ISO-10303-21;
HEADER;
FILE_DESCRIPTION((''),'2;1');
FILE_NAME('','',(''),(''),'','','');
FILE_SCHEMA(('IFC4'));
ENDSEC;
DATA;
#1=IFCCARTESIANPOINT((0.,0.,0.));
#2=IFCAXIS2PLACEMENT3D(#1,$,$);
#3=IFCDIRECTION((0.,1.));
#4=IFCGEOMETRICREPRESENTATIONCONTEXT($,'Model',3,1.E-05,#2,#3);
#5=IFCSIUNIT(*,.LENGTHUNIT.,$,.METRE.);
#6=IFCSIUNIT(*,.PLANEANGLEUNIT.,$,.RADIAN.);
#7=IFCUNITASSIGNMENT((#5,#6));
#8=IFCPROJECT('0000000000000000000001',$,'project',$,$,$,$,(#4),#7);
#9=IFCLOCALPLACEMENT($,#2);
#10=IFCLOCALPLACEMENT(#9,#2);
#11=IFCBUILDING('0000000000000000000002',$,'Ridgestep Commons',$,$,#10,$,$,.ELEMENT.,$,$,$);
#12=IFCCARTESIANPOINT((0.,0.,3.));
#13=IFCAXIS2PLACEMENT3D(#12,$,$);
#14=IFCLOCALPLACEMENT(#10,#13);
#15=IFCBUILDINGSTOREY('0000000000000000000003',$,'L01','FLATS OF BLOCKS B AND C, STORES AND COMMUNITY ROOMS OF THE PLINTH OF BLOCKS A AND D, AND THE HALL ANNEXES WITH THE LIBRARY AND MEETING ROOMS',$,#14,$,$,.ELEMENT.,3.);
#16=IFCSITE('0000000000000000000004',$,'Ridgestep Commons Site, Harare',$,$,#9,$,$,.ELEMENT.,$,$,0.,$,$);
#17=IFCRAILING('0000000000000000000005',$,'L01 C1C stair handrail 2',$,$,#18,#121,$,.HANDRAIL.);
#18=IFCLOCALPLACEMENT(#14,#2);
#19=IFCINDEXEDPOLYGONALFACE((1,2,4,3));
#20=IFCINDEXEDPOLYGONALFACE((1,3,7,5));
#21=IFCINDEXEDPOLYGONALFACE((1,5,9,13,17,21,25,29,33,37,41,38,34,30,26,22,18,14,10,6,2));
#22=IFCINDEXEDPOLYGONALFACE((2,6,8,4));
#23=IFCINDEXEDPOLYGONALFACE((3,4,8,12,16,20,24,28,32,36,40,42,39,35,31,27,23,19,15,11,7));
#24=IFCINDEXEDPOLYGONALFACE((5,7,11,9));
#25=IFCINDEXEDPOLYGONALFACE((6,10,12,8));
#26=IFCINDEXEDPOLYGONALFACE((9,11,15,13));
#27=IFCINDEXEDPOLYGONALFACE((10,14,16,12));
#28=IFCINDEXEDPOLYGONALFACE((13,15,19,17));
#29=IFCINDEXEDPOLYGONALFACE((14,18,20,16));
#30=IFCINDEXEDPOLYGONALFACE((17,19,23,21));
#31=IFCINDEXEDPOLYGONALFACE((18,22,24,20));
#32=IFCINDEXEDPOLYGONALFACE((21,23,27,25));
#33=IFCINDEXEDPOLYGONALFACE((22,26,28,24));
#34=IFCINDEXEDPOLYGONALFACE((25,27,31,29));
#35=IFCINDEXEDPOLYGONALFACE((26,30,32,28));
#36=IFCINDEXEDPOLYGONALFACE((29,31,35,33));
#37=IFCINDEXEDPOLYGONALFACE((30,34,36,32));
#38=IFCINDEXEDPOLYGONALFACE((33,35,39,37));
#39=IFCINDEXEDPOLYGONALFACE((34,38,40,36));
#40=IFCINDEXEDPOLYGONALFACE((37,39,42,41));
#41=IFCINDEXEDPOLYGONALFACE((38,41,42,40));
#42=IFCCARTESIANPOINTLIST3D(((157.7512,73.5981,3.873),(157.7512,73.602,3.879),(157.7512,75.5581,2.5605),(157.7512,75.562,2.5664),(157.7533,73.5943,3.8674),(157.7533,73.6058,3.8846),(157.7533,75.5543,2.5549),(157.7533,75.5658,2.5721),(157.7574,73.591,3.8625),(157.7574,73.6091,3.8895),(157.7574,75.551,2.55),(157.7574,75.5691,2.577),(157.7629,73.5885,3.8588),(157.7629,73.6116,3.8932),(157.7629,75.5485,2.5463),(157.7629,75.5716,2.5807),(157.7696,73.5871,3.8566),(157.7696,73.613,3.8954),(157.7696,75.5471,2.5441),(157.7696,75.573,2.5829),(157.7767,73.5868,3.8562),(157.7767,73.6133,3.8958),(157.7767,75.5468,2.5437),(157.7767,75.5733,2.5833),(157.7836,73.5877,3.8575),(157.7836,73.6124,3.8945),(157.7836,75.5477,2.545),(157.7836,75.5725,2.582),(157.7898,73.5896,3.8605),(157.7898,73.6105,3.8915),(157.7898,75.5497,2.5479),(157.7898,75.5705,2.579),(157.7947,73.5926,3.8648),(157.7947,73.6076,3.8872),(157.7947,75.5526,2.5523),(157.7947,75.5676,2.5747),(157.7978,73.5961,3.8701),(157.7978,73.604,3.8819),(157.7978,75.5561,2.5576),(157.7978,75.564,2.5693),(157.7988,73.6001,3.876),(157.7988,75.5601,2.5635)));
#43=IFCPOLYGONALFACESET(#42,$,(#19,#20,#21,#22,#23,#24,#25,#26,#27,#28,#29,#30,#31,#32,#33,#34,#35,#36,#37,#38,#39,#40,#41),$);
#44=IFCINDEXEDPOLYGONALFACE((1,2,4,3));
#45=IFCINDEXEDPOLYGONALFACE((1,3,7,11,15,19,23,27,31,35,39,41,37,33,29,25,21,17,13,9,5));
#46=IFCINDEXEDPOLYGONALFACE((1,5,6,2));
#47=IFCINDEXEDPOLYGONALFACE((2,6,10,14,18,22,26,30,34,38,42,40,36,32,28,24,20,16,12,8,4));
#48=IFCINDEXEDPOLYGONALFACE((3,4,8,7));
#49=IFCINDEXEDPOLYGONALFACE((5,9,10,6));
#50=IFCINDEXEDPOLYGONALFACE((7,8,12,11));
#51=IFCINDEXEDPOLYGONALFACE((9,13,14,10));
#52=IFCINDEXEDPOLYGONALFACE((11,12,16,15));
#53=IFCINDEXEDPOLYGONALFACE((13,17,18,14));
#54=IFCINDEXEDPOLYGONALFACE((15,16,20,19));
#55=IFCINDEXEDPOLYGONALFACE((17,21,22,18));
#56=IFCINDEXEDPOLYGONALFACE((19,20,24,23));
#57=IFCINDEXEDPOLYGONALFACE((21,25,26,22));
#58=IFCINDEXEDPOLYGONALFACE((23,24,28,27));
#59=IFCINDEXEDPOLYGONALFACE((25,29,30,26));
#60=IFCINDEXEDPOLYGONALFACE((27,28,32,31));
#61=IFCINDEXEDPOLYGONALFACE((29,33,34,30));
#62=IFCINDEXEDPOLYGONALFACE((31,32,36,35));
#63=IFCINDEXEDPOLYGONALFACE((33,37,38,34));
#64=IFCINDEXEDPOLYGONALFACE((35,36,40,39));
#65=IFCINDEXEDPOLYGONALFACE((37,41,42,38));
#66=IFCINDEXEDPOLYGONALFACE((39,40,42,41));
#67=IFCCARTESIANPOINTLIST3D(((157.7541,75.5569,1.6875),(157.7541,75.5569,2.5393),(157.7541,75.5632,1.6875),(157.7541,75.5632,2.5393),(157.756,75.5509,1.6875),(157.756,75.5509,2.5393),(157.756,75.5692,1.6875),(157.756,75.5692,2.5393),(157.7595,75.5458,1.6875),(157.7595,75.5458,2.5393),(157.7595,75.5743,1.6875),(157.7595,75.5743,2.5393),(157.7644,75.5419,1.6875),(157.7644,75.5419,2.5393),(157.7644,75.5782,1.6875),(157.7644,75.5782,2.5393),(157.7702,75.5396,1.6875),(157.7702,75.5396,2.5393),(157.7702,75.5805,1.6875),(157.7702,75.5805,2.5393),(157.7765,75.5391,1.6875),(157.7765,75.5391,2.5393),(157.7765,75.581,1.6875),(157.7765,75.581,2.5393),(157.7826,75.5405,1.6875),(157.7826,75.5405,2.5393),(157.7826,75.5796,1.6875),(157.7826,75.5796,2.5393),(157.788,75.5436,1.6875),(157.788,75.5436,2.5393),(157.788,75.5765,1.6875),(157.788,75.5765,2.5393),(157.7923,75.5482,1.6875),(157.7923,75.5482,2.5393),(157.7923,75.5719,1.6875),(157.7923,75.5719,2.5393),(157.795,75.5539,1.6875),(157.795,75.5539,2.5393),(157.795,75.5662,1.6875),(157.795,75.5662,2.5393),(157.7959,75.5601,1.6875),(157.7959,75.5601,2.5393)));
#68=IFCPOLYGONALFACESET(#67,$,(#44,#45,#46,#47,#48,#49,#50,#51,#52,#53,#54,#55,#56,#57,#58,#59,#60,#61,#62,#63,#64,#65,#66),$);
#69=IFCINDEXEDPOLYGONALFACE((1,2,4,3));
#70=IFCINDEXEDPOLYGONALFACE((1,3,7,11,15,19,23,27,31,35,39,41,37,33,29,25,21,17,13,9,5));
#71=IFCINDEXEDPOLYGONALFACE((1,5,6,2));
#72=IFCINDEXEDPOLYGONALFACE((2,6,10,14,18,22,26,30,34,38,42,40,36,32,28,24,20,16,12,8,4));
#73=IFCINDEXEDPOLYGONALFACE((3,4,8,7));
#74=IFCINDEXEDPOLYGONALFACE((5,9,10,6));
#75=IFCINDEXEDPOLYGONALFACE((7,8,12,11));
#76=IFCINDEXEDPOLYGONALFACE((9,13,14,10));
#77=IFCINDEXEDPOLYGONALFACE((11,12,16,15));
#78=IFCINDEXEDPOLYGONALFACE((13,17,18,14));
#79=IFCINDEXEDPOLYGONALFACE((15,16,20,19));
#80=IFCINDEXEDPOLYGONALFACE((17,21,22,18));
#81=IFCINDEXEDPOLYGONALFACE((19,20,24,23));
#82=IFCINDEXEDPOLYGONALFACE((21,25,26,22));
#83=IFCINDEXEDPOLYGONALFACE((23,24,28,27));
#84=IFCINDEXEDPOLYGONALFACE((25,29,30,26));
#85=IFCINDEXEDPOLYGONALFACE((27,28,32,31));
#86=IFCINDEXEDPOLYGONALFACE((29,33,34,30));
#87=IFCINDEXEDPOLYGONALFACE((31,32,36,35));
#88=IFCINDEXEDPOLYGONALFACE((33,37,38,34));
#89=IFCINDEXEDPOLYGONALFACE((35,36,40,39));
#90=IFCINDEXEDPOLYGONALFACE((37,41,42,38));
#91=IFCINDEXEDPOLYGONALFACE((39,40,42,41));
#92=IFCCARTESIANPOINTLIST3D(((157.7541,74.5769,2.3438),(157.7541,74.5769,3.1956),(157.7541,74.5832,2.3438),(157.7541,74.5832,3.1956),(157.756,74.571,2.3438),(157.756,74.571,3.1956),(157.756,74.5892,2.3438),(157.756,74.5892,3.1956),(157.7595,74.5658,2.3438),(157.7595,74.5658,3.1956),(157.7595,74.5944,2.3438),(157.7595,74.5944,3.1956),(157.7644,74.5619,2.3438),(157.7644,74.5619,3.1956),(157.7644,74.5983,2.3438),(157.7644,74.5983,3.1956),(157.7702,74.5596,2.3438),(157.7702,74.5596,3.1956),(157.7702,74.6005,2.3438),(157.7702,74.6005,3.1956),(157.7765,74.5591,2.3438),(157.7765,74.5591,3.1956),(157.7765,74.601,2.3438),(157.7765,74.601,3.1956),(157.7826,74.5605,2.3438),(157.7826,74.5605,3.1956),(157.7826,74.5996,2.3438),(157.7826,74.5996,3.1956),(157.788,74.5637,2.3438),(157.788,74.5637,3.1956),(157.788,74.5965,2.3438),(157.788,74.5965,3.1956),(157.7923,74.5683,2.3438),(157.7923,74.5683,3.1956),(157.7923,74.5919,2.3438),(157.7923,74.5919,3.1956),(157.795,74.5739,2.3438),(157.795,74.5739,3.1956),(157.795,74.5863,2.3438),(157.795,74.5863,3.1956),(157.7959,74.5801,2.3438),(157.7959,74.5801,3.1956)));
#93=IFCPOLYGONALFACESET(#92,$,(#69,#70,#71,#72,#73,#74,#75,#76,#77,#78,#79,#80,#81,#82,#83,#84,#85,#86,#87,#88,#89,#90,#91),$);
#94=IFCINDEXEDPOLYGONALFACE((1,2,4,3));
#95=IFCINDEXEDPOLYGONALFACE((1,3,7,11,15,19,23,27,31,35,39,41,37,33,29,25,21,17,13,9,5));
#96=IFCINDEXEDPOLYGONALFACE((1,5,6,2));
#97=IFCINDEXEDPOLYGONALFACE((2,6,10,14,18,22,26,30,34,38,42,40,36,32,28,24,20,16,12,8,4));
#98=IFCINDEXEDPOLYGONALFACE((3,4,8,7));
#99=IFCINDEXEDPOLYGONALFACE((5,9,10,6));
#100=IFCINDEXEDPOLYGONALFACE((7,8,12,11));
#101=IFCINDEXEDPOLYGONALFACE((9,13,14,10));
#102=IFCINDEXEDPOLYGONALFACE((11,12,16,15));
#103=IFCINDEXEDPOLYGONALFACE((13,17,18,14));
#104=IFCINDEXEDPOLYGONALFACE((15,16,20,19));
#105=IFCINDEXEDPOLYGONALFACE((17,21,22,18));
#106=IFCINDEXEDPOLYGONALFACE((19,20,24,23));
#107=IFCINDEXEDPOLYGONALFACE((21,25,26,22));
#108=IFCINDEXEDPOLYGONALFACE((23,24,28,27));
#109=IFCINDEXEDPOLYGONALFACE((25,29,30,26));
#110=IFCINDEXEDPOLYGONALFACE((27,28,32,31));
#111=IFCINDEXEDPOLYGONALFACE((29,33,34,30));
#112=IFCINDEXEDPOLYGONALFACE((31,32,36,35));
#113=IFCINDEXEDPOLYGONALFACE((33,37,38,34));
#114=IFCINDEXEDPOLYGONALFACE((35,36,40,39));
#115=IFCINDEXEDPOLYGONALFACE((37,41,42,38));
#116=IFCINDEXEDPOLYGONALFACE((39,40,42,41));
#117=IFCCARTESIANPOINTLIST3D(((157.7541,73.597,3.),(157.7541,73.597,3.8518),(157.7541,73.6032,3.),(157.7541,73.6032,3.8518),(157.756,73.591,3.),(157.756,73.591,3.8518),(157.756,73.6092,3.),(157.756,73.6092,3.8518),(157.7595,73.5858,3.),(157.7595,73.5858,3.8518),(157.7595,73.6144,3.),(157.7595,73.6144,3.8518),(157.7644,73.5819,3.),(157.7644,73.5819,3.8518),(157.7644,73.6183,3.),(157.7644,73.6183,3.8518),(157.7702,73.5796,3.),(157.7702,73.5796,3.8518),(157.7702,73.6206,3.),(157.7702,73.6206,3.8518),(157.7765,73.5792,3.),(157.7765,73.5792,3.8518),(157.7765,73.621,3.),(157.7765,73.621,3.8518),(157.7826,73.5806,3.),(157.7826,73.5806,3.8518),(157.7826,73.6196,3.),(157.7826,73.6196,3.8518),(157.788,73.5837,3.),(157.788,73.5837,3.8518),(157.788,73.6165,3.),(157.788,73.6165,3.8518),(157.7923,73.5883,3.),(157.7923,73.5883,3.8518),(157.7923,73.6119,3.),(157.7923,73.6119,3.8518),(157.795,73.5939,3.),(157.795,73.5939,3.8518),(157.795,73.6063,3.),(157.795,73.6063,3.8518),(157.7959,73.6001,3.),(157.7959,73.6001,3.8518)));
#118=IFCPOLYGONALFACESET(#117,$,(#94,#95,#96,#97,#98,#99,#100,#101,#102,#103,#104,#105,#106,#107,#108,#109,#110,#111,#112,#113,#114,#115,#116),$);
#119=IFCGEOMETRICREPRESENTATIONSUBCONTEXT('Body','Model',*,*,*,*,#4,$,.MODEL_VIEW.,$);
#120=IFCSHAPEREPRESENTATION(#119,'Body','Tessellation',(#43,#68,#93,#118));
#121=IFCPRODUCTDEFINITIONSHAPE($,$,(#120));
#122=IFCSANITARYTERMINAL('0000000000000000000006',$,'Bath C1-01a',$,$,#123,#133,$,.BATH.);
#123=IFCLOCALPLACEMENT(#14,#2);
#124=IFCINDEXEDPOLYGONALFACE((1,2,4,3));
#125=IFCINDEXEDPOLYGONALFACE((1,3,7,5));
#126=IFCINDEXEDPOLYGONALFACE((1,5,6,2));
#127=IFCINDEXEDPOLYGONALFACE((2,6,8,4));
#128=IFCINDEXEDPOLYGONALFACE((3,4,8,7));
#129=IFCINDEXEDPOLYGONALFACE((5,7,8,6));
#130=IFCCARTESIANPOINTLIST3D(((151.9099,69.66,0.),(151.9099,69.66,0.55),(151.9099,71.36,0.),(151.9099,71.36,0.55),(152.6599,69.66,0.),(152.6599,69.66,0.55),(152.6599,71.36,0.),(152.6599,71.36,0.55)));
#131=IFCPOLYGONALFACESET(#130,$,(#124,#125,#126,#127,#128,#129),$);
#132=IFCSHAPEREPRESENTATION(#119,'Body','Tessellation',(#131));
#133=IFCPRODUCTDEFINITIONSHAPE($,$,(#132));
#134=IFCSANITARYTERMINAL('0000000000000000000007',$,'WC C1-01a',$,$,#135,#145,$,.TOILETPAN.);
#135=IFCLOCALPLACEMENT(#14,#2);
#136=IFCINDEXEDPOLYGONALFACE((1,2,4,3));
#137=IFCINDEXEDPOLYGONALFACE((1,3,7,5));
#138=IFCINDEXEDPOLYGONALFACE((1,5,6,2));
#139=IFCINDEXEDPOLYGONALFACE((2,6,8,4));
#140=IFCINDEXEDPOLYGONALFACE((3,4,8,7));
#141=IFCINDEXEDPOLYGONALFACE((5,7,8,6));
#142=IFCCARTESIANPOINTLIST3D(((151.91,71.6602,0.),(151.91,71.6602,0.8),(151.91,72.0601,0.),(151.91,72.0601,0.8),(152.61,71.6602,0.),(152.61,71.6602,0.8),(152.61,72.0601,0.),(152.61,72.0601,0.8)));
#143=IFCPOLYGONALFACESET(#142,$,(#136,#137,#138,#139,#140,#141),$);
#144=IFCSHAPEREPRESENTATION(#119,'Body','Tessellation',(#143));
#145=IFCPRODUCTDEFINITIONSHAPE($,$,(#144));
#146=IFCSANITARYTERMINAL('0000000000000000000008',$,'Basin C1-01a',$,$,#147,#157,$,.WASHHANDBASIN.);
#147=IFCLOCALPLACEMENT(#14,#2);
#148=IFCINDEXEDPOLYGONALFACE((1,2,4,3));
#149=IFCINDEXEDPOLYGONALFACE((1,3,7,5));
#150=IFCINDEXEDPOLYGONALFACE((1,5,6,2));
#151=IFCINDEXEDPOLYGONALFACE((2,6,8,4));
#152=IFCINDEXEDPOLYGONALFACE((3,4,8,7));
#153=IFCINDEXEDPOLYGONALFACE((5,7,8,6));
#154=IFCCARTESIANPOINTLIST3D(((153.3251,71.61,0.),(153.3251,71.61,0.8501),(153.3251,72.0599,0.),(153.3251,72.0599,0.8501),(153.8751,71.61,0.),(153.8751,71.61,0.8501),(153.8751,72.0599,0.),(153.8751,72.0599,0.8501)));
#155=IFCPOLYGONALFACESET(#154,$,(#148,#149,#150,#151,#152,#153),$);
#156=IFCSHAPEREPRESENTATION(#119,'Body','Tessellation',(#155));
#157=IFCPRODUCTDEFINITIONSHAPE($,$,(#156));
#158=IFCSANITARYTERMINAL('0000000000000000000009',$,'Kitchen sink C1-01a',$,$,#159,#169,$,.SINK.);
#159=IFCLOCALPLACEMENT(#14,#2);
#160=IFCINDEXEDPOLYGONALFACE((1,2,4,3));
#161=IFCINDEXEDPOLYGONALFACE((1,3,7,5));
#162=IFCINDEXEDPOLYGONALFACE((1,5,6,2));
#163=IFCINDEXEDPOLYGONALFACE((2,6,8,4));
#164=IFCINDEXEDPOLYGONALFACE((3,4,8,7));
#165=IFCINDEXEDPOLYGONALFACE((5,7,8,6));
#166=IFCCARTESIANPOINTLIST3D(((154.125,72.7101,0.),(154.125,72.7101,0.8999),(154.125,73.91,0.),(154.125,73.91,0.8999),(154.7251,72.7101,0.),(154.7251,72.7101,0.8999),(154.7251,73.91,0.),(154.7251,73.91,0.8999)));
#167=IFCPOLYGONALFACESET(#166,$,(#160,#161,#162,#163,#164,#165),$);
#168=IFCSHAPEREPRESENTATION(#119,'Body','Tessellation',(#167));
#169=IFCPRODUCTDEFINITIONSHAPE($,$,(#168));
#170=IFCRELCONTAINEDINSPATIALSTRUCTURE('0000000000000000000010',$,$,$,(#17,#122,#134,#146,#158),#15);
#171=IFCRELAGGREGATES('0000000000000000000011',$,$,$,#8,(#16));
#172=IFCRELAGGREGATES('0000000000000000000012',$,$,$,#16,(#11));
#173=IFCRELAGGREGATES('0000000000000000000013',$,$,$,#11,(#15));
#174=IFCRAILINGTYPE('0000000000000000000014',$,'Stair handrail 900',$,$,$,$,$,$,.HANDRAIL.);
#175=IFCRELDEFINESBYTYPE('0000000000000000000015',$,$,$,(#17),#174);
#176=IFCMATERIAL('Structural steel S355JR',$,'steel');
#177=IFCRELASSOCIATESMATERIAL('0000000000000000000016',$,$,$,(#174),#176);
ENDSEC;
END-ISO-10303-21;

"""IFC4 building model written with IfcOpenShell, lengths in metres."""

from ifc_helpers import new_model, si_unit, direction, frame, origin, origin_2d, place, context, subcontext, project, spatial, rectangle, circle, extrude, material, type_object, element, save


model = new_model("IFC4")

# Units and contexts
model_context = context("Model", 3, precision=1e-05, world=origin(), true_north=direction((0.0, 1.0)))
body_context = subcontext(model_context, "Body", "Model", "MODEL_VIEW")
ifc_project = project(units=[si_unit("LENGTHUNIT", "METRE"), si_unit("PLANEANGLEUNIT", "RADIAN")], contexts=[model_context])

# Site, building, storey
site_placement = place(None, origin())
site = spatial("IfcSite", under=ifc_project, at=site_placement, Name="Ridgestep Commons Site, Harare", CompositionType="ELEMENT", RefElevation=0.0)
building_placement = place(site_placement, origin())
building = spatial("IfcBuilding", under=site, at=building_placement, Name="Ridgestep Commons", CompositionType="ELEMENT")
storey_placement = place(building_placement, frame((0.0, 0.0, 3.0)))
storey = spatial("IfcBuildingStorey", under=building, at=storey_placement, Name="L01", Description="FLATS OF BLOCKS B AND C, STORES AND COMMUNITY ROOMS OF THE PLINTH OF BLOCKS A AND D, AND THE HALL ANNEXES WITH THE LIBRARY AND MEETING ROOMS", CompositionType="ELEMENT", Elevation=3.0)

# Railing
ifc_material_1 = material(Name="Structural steel S355JR", Category="steel")
railing_type_1 = type_object("IfcRailingType", Name="Stair handrail 900", PredefinedType="HANDRAIL", material=ifc_material_1)
railing_1_placement = place(storey_placement, frame((157.7749, 75.5601, 1.6875)))
element("IfcRailing", 1, at=railing_1_placement, inside=storey, type_object=railing_type_1, Name="L01 C1C stair handrail 2", PredefinedType="HANDRAIL", context=body_context, shape_type="SweptSolid", body=[
    extrude(circle(Radius=0.0239, at=origin_2d()), frame((0.0, 0.0, 0.876), z_axis=(0.0, -0.830902, 0.556419), x_axis=(1.0, 0.0, 0.0)), (0.0, 0.0, 1.0), 2.3589),
    extrude(circle(Radius=0.021, at=origin_2d()), origin(), (0.0, 0.0, 1.0), 0.8518),
    extrude(circle(Radius=0.021, at=origin_2d()), frame((0.0, -0.98, 0.6562)), (0.0, 0.0, 1.0), 0.8518),
    extrude(circle(Radius=0.021, at=origin_2d()), frame((0.0, -1.96, 1.3125)), (0.0, 0.0, 1.0), 0.8518),
])

# Sanitary terminals
sanitary_terminal_1_placement = place(storey_placement, frame((152.2849, 70.51, 0.0), z_axis=(0.0, 0.0, 1.0), x_axis=(1.0, 0.0, 0.0)))
element("IfcSanitaryTerminal", 2, at=sanitary_terminal_1_placement, inside=storey, Name="Bath C1-01a", PredefinedType="BATH", context=body_context, shape_type="SweptSolid", body=[
    extrude(rectangle(XDim=0.75, YDim=1.7, at=origin_2d()), origin(), (0.0, 0.0, 1.0), 0.55),
])
sanitary_terminal_2_placement = place(storey_placement, frame((152.26, 71.8601, 0.0), z_axis=(0.0, 0.0, 1.0), x_axis=(1.0, 0.0, 0.0)))
element("IfcSanitaryTerminal", 3, at=sanitary_terminal_2_placement, inside=storey, Name="WC C1-01a", PredefinedType="TOILETPAN", context=body_context, shape_type="SweptSolid", body=[
    extrude(rectangle(XDim=0.7, YDim=0.3999, at=origin_2d()), origin(), (0.0, 0.0, 1.0), 0.8),
])
sanitary_terminal_3_placement = place(storey_placement, frame((153.6001, 71.835, 0.0), z_axis=(0.0, 0.0, 1.0), x_axis=(1.0, 0.0, 0.0)))
element("IfcSanitaryTerminal", 4, at=sanitary_terminal_3_placement, inside=storey, Name="Basin C1-01a", PredefinedType="WASHHANDBASIN", context=body_context, shape_type="SweptSolid", body=[
    extrude(rectangle(XDim=0.55, YDim=0.45, at=origin_2d()), origin(), (0.0, 0.0, 1.0), 0.8501),
])
sanitary_terminal_4_placement = place(storey_placement, frame((154.425, 73.3101, 0.0), z_axis=(0.0, 0.0, 1.0), x_axis=(1.0, 0.0, 0.0)))
element("IfcSanitaryTerminal", 5, at=sanitary_terminal_4_placement, inside=storey, Name="Kitchen sink C1-01a", PredefinedType="SINK", context=body_context, shape_type="SweptSolid", body=[
    extrude(rectangle(XDim=0.6001, YDim=1.2, at=origin_2d()), origin(), (0.0, 0.0, 1.0), 0.8999),
])

save(model, "model.ifc")
